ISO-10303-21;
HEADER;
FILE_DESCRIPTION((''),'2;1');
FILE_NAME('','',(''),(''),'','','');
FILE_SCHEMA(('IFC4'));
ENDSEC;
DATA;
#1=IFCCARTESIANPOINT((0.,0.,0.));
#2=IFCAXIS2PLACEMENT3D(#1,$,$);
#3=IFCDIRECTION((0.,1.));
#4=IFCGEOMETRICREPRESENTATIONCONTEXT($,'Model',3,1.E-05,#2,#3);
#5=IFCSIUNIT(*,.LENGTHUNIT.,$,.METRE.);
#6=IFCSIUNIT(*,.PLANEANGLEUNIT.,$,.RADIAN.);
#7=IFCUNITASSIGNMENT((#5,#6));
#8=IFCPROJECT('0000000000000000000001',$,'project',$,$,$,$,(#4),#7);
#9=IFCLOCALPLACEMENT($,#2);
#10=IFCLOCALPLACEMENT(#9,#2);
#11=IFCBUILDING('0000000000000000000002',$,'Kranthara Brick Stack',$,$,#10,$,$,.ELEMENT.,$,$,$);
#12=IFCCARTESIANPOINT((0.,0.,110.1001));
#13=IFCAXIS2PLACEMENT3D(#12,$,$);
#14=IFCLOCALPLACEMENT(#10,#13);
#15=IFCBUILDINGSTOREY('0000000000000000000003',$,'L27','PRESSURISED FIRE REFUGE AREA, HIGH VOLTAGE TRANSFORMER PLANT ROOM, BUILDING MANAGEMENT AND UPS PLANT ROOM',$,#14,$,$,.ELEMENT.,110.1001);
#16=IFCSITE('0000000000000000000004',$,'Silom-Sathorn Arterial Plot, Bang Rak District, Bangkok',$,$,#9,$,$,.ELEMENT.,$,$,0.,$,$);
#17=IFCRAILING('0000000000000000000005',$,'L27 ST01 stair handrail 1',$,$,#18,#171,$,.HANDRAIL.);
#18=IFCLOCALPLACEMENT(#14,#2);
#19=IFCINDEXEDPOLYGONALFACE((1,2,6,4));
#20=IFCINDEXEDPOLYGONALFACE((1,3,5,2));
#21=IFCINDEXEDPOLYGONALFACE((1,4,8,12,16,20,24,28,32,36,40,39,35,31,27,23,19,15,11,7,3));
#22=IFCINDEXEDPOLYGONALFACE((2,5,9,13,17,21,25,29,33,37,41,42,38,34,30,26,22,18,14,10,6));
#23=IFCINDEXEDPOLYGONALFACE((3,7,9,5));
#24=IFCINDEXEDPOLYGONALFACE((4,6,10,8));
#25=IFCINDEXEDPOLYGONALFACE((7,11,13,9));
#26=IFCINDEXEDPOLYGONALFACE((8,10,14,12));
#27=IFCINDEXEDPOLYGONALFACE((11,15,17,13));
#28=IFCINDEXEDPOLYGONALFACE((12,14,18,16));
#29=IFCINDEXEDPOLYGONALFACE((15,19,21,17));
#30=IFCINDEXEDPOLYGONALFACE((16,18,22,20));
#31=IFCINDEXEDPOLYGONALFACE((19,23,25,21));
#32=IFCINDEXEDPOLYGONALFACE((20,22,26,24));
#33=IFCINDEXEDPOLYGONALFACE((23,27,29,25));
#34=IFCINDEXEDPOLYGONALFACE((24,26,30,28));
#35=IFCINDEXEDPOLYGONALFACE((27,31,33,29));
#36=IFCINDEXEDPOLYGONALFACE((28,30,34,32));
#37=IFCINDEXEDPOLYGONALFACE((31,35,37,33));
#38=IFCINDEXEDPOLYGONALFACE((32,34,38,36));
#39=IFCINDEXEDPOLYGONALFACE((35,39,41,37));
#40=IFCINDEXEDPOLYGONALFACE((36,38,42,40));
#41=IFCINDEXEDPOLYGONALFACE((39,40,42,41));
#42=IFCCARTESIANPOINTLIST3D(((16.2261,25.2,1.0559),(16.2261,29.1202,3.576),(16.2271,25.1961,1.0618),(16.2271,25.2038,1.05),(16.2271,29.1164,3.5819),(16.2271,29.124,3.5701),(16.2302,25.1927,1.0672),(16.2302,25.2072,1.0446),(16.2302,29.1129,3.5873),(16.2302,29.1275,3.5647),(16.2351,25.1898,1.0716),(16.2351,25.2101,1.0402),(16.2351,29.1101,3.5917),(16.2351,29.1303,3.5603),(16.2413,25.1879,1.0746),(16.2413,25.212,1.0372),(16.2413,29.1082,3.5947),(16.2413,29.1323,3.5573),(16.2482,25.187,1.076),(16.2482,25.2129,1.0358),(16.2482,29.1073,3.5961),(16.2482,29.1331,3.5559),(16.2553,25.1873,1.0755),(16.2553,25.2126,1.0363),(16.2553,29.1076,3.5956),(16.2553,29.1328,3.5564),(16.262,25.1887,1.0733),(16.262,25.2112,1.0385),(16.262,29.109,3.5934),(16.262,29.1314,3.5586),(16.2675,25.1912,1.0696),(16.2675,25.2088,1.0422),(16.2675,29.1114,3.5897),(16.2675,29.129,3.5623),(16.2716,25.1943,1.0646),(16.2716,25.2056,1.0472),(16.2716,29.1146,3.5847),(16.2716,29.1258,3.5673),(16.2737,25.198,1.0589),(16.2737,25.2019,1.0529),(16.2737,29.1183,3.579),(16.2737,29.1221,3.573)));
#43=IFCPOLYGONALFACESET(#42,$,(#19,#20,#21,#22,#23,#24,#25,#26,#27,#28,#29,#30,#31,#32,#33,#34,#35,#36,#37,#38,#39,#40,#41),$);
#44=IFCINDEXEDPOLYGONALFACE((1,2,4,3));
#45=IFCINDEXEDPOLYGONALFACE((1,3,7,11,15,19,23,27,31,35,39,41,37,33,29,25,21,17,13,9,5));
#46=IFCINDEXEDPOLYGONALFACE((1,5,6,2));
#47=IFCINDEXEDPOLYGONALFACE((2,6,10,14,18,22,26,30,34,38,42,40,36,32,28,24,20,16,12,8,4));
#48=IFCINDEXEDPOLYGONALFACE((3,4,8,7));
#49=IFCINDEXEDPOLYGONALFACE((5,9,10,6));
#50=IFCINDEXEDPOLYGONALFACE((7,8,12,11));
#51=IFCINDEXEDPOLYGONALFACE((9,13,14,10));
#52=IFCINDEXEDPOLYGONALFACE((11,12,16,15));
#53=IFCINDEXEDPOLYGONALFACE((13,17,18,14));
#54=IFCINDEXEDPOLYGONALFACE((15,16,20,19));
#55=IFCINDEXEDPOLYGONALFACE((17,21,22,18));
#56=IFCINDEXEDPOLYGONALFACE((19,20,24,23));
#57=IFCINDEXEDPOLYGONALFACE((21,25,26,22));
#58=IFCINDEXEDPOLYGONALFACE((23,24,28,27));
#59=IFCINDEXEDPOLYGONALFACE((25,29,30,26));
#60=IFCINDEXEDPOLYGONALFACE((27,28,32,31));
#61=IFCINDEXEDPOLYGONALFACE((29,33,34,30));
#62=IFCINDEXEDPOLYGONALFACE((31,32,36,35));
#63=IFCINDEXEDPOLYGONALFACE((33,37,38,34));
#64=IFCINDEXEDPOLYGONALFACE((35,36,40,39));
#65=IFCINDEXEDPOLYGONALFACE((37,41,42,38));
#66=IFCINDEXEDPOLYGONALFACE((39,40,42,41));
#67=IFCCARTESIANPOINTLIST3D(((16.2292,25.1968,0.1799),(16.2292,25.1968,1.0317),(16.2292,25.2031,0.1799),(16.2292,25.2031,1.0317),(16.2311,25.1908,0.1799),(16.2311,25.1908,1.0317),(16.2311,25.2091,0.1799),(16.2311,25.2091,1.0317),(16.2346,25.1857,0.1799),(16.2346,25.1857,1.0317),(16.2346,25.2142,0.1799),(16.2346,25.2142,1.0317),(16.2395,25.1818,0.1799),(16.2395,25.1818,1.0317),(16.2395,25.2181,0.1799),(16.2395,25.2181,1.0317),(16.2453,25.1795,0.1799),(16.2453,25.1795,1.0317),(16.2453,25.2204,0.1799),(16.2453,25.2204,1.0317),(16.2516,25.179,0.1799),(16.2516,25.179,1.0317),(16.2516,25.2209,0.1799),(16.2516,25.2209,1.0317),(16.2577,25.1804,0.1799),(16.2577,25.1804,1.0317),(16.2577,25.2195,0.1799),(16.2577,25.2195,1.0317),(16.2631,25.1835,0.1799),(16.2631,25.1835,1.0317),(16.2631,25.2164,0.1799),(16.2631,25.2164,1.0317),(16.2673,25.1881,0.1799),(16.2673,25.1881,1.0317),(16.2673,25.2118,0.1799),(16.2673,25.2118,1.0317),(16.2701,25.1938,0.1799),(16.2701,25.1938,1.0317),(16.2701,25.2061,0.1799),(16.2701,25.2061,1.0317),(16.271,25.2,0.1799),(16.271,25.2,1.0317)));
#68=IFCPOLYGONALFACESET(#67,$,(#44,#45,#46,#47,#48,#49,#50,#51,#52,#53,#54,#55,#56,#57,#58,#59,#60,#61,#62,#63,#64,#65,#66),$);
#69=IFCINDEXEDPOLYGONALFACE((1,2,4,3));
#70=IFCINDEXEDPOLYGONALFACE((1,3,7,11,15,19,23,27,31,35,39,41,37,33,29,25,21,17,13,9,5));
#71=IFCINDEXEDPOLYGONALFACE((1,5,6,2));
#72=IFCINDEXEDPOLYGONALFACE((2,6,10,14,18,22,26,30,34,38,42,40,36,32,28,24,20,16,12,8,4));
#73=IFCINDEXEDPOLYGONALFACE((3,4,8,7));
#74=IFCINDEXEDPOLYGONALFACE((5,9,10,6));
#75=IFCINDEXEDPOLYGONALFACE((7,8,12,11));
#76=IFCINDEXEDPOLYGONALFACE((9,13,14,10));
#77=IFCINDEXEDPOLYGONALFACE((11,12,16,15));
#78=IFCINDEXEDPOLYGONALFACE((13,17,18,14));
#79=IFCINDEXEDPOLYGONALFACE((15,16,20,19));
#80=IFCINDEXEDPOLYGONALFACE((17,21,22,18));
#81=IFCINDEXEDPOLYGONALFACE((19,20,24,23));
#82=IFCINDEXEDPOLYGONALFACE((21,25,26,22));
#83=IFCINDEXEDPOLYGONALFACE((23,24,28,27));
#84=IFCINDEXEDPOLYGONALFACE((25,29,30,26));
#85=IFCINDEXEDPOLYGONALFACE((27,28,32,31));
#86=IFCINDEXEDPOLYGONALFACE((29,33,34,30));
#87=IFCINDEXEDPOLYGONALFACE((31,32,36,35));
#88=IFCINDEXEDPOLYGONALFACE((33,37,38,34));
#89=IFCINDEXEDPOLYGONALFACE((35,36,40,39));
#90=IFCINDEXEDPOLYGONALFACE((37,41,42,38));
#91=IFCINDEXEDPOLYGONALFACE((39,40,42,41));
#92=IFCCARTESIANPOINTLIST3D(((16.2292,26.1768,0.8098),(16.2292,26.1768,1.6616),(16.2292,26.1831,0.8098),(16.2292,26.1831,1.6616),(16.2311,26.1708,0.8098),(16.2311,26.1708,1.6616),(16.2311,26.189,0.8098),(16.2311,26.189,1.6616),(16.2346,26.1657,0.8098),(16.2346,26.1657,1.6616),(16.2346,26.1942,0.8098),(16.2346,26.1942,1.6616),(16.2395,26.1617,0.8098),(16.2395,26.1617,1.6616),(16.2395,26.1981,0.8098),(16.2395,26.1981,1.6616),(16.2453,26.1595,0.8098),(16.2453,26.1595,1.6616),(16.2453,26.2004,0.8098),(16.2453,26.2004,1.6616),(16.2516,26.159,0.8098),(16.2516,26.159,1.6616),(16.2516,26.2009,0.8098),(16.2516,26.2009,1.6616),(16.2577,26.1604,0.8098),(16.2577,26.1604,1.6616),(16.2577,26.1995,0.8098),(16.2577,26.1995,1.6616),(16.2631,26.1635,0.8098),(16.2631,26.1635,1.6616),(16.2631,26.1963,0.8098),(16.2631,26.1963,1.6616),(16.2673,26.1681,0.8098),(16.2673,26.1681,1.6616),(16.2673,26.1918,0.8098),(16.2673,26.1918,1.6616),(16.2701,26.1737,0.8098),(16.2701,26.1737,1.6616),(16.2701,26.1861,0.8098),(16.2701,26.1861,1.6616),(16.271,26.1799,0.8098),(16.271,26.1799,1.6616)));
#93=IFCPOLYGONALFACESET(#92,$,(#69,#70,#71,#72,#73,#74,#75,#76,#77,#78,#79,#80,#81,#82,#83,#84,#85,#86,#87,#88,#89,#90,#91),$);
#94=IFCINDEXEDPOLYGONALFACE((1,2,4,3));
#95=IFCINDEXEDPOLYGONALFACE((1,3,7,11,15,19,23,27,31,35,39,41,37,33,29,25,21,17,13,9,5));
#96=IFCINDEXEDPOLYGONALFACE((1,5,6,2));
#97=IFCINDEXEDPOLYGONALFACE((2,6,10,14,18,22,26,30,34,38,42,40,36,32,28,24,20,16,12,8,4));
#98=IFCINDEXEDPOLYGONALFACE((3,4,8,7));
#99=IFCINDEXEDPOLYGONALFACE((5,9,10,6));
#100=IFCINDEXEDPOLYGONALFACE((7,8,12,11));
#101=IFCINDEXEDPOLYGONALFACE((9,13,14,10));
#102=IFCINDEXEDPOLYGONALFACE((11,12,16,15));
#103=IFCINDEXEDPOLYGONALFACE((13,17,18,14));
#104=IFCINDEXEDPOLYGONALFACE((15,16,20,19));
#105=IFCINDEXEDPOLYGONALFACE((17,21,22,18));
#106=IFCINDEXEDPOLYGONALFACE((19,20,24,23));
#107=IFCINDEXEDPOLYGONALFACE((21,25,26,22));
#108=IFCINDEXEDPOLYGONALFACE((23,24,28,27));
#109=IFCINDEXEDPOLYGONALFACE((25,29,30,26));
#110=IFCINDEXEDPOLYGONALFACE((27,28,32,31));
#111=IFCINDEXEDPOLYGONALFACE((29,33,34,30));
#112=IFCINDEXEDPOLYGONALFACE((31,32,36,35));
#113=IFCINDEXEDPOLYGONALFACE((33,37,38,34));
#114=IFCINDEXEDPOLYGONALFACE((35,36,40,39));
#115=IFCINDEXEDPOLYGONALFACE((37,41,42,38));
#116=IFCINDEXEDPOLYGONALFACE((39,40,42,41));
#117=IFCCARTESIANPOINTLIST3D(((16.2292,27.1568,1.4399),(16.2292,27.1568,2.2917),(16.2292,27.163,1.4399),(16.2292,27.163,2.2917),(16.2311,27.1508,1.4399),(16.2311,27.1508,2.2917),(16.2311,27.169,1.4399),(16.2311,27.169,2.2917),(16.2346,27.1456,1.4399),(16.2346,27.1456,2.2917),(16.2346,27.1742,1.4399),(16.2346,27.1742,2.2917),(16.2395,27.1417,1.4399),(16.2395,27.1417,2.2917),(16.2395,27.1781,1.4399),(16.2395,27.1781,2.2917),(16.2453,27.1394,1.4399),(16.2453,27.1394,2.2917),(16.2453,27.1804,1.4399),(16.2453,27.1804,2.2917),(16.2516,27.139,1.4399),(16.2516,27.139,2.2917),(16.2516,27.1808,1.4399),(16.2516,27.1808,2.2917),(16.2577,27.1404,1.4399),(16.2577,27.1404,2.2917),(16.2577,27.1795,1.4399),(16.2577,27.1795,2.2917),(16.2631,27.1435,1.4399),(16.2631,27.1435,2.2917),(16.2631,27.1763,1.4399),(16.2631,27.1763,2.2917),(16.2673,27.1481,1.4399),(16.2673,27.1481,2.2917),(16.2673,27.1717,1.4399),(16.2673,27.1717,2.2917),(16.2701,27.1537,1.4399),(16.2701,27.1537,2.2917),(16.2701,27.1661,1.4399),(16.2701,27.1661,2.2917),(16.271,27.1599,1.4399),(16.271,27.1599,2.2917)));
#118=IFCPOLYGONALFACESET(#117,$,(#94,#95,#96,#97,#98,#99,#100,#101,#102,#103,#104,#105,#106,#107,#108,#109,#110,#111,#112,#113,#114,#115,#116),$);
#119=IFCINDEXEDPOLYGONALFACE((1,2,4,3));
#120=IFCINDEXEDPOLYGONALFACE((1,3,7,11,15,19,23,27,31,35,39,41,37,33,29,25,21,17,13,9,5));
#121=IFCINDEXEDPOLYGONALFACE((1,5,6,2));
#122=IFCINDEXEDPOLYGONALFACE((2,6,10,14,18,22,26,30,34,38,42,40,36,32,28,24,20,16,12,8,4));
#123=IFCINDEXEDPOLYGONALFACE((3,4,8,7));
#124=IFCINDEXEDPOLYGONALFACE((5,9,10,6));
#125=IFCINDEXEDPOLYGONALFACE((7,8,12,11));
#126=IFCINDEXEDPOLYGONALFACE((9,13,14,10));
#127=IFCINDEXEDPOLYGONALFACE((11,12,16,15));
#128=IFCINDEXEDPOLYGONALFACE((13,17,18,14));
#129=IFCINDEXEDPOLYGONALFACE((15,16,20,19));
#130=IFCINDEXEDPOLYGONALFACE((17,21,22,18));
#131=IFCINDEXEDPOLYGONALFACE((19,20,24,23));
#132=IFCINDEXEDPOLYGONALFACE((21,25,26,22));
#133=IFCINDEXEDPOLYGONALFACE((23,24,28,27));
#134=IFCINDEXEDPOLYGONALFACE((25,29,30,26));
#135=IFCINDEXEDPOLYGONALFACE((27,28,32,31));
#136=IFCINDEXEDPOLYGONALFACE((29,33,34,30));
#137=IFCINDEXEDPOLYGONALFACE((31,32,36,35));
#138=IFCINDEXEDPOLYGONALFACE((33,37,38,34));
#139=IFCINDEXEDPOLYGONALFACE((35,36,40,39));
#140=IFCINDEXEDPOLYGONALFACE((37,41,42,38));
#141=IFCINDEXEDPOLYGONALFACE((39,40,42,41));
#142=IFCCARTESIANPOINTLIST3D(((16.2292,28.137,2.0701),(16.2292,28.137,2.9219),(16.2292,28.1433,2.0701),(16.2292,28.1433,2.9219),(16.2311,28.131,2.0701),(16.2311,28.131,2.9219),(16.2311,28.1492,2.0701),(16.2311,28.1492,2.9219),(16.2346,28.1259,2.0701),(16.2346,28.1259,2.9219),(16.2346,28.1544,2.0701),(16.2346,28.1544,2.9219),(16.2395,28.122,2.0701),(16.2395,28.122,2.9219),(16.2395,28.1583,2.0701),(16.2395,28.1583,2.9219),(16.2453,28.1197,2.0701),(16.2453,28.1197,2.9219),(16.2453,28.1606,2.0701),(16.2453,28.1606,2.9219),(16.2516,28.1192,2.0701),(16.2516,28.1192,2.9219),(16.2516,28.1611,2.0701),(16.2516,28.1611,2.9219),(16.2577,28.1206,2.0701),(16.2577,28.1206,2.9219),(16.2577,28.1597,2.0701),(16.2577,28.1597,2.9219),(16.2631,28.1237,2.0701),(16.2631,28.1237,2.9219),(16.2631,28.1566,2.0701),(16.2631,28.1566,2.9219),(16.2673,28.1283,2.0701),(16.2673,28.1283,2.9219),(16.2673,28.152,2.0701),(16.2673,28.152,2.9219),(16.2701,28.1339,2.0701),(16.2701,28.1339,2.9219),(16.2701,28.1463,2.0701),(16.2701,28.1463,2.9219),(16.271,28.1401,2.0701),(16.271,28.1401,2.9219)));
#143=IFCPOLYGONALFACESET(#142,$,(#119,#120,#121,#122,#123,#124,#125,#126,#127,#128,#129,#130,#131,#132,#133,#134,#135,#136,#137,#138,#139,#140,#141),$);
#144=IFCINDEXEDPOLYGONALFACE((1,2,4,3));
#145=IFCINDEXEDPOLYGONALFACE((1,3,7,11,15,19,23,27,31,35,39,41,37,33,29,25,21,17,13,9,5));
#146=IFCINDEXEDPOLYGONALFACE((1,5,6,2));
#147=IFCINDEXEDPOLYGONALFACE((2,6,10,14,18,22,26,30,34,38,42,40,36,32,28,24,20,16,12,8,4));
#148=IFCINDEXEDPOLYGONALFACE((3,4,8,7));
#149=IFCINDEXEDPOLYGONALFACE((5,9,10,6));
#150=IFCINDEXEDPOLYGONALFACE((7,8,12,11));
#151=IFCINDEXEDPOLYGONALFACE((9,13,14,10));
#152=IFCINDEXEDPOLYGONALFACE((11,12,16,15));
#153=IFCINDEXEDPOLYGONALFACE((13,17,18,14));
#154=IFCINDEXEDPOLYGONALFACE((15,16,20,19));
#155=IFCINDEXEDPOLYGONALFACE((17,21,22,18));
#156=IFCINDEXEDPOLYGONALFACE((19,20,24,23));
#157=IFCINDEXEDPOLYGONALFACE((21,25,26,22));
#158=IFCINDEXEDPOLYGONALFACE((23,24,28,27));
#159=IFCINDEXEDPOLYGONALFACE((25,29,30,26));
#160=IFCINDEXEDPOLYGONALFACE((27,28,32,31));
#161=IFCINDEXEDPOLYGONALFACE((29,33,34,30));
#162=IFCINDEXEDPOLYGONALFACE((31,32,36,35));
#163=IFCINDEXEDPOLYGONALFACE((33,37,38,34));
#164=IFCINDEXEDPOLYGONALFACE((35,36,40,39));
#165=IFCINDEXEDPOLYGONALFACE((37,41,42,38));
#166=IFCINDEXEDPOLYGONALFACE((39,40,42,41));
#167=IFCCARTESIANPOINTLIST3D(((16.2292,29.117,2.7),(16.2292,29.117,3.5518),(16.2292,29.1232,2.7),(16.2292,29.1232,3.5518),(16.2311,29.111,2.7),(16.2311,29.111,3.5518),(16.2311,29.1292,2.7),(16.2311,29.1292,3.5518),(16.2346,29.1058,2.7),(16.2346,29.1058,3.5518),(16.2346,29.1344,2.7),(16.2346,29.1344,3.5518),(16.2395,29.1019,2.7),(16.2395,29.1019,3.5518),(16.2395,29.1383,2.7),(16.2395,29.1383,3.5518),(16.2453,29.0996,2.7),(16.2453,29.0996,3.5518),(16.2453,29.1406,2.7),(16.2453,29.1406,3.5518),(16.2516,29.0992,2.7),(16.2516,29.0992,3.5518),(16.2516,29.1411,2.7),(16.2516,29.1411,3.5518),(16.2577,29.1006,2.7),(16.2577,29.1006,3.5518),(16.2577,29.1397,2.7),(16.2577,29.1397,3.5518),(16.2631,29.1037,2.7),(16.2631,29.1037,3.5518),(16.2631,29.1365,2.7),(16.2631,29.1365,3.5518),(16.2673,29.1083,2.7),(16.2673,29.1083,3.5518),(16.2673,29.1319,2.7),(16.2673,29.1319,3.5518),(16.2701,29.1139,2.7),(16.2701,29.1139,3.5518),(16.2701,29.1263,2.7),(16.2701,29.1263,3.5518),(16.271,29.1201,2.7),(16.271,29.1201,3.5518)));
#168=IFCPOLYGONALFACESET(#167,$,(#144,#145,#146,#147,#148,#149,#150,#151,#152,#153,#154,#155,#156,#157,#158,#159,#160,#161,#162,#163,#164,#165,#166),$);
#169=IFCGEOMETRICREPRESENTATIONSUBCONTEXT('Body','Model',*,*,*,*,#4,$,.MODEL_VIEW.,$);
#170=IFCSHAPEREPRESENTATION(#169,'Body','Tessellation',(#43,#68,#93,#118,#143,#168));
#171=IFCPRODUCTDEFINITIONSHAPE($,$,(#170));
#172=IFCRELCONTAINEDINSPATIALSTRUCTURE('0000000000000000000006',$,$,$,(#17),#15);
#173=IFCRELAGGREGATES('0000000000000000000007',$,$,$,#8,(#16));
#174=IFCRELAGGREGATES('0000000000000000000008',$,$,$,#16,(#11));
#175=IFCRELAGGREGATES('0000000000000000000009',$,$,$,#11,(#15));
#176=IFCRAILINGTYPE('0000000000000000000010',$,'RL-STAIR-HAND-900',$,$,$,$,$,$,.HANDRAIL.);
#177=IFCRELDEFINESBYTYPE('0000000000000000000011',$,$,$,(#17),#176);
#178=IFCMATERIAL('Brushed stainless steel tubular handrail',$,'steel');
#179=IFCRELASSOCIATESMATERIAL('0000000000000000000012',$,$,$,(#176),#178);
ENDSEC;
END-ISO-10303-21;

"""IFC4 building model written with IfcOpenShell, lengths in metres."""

from ifc_helpers import new_model, si_unit, direction, frame, origin, origin_2d, place, context, subcontext, project, spatial, circle, extrude, material, type_object, element, save


model = new_model("IFC4")

# Units and contexts
model_context = context("Model", 3, precision=1e-05, world=origin(), true_north=direction((0.0, 1.0)))
body_context = subcontext(model_context, "Body", "Model", "MODEL_VIEW")
ifc_project = project(units=[si_unit("LENGTHUNIT", "METRE"), si_unit("PLANEANGLEUNIT", "RADIAN")], contexts=[model_context])

# Site, building, storey
site_placement = place(None, origin())
site = spatial("IfcSite", under=ifc_project, at=site_placement, Name="Silom-Sathorn Arterial Plot, Bang Rak District, Bangkok", CompositionType="ELEMENT", RefElevation=0.0)
building_placement = place(site_placement, origin())
building = spatial("IfcBuilding", under=site, at=building_placement, Name="Kranthara Brick Stack", CompositionType="ELEMENT")
storey_placement = place(building_placement, frame((0.0, 0.0, 110.1001)))
storey = spatial("IfcBuildingStorey", under=building, at=storey_placement, Name="L27", Description="PRESSURISED FIRE REFUGE AREA, HIGH VOLTAGE TRANSFORMER PLANT ROOM, BUILDING MANAGEMENT AND UPS PLANT ROOM", CompositionType="ELEMENT", Elevation=110.1001)

# Railing
ifc_material_1 = material(Name="Brushed stainless steel tubular handrail", Category="steel")
railing_type_1 = type_object("IfcRailingType", Name="RL-STAIR-HAND-900", PredefinedType="HANDRAIL", material=ifc_material_1)
railing_1_placement = place(storey_placement, frame((16.25, 25.2, 0.1799)))
element("IfcRailing", 1, at=railing_1_placement, inside=storey, type_object=railing_type_1, Name="L27 ST01 stair handrail 1", PredefinedType="HANDRAIL", context=body_context, shape_type="SweptSolid", body=[
    extrude(circle(Radius=0.0239, at=origin_2d()), frame((0.0, 0.0, 0.876), z_axis=(0.0, 0.841187, 0.540744), x_axis=(-1.0, 0.0, 0.0)), (0.0, 0.0, 1.0), 4.6604),
    extrude(circle(Radius=0.021, at=origin_2d()), origin(), (0.0, 0.0, 1.0), 0.8518),
    extrude(circle(Radius=0.021, at=origin_2d()), frame((0.0, 0.98, 0.6299)), (0.0, 0.0, 1.0), 0.8518),
    extrude(circle(Radius=0.021, at=origin_2d()), frame((0.0, 1.96, 1.26)), (0.0, 0.0, 1.0), 0.8518),
    extrude(circle(Radius=0.021, at=origin_2d()), frame((0.0, 2.9402, 1.8901)), (0.0, 0.0, 1.0), 0.8518),
    extrude(circle(Radius=0.021, at=origin_2d()), frame((0.0, 3.9202, 2.52)), (0.0, 0.0, 1.0), 0.8518),
])

save(model, "model.ifc")
